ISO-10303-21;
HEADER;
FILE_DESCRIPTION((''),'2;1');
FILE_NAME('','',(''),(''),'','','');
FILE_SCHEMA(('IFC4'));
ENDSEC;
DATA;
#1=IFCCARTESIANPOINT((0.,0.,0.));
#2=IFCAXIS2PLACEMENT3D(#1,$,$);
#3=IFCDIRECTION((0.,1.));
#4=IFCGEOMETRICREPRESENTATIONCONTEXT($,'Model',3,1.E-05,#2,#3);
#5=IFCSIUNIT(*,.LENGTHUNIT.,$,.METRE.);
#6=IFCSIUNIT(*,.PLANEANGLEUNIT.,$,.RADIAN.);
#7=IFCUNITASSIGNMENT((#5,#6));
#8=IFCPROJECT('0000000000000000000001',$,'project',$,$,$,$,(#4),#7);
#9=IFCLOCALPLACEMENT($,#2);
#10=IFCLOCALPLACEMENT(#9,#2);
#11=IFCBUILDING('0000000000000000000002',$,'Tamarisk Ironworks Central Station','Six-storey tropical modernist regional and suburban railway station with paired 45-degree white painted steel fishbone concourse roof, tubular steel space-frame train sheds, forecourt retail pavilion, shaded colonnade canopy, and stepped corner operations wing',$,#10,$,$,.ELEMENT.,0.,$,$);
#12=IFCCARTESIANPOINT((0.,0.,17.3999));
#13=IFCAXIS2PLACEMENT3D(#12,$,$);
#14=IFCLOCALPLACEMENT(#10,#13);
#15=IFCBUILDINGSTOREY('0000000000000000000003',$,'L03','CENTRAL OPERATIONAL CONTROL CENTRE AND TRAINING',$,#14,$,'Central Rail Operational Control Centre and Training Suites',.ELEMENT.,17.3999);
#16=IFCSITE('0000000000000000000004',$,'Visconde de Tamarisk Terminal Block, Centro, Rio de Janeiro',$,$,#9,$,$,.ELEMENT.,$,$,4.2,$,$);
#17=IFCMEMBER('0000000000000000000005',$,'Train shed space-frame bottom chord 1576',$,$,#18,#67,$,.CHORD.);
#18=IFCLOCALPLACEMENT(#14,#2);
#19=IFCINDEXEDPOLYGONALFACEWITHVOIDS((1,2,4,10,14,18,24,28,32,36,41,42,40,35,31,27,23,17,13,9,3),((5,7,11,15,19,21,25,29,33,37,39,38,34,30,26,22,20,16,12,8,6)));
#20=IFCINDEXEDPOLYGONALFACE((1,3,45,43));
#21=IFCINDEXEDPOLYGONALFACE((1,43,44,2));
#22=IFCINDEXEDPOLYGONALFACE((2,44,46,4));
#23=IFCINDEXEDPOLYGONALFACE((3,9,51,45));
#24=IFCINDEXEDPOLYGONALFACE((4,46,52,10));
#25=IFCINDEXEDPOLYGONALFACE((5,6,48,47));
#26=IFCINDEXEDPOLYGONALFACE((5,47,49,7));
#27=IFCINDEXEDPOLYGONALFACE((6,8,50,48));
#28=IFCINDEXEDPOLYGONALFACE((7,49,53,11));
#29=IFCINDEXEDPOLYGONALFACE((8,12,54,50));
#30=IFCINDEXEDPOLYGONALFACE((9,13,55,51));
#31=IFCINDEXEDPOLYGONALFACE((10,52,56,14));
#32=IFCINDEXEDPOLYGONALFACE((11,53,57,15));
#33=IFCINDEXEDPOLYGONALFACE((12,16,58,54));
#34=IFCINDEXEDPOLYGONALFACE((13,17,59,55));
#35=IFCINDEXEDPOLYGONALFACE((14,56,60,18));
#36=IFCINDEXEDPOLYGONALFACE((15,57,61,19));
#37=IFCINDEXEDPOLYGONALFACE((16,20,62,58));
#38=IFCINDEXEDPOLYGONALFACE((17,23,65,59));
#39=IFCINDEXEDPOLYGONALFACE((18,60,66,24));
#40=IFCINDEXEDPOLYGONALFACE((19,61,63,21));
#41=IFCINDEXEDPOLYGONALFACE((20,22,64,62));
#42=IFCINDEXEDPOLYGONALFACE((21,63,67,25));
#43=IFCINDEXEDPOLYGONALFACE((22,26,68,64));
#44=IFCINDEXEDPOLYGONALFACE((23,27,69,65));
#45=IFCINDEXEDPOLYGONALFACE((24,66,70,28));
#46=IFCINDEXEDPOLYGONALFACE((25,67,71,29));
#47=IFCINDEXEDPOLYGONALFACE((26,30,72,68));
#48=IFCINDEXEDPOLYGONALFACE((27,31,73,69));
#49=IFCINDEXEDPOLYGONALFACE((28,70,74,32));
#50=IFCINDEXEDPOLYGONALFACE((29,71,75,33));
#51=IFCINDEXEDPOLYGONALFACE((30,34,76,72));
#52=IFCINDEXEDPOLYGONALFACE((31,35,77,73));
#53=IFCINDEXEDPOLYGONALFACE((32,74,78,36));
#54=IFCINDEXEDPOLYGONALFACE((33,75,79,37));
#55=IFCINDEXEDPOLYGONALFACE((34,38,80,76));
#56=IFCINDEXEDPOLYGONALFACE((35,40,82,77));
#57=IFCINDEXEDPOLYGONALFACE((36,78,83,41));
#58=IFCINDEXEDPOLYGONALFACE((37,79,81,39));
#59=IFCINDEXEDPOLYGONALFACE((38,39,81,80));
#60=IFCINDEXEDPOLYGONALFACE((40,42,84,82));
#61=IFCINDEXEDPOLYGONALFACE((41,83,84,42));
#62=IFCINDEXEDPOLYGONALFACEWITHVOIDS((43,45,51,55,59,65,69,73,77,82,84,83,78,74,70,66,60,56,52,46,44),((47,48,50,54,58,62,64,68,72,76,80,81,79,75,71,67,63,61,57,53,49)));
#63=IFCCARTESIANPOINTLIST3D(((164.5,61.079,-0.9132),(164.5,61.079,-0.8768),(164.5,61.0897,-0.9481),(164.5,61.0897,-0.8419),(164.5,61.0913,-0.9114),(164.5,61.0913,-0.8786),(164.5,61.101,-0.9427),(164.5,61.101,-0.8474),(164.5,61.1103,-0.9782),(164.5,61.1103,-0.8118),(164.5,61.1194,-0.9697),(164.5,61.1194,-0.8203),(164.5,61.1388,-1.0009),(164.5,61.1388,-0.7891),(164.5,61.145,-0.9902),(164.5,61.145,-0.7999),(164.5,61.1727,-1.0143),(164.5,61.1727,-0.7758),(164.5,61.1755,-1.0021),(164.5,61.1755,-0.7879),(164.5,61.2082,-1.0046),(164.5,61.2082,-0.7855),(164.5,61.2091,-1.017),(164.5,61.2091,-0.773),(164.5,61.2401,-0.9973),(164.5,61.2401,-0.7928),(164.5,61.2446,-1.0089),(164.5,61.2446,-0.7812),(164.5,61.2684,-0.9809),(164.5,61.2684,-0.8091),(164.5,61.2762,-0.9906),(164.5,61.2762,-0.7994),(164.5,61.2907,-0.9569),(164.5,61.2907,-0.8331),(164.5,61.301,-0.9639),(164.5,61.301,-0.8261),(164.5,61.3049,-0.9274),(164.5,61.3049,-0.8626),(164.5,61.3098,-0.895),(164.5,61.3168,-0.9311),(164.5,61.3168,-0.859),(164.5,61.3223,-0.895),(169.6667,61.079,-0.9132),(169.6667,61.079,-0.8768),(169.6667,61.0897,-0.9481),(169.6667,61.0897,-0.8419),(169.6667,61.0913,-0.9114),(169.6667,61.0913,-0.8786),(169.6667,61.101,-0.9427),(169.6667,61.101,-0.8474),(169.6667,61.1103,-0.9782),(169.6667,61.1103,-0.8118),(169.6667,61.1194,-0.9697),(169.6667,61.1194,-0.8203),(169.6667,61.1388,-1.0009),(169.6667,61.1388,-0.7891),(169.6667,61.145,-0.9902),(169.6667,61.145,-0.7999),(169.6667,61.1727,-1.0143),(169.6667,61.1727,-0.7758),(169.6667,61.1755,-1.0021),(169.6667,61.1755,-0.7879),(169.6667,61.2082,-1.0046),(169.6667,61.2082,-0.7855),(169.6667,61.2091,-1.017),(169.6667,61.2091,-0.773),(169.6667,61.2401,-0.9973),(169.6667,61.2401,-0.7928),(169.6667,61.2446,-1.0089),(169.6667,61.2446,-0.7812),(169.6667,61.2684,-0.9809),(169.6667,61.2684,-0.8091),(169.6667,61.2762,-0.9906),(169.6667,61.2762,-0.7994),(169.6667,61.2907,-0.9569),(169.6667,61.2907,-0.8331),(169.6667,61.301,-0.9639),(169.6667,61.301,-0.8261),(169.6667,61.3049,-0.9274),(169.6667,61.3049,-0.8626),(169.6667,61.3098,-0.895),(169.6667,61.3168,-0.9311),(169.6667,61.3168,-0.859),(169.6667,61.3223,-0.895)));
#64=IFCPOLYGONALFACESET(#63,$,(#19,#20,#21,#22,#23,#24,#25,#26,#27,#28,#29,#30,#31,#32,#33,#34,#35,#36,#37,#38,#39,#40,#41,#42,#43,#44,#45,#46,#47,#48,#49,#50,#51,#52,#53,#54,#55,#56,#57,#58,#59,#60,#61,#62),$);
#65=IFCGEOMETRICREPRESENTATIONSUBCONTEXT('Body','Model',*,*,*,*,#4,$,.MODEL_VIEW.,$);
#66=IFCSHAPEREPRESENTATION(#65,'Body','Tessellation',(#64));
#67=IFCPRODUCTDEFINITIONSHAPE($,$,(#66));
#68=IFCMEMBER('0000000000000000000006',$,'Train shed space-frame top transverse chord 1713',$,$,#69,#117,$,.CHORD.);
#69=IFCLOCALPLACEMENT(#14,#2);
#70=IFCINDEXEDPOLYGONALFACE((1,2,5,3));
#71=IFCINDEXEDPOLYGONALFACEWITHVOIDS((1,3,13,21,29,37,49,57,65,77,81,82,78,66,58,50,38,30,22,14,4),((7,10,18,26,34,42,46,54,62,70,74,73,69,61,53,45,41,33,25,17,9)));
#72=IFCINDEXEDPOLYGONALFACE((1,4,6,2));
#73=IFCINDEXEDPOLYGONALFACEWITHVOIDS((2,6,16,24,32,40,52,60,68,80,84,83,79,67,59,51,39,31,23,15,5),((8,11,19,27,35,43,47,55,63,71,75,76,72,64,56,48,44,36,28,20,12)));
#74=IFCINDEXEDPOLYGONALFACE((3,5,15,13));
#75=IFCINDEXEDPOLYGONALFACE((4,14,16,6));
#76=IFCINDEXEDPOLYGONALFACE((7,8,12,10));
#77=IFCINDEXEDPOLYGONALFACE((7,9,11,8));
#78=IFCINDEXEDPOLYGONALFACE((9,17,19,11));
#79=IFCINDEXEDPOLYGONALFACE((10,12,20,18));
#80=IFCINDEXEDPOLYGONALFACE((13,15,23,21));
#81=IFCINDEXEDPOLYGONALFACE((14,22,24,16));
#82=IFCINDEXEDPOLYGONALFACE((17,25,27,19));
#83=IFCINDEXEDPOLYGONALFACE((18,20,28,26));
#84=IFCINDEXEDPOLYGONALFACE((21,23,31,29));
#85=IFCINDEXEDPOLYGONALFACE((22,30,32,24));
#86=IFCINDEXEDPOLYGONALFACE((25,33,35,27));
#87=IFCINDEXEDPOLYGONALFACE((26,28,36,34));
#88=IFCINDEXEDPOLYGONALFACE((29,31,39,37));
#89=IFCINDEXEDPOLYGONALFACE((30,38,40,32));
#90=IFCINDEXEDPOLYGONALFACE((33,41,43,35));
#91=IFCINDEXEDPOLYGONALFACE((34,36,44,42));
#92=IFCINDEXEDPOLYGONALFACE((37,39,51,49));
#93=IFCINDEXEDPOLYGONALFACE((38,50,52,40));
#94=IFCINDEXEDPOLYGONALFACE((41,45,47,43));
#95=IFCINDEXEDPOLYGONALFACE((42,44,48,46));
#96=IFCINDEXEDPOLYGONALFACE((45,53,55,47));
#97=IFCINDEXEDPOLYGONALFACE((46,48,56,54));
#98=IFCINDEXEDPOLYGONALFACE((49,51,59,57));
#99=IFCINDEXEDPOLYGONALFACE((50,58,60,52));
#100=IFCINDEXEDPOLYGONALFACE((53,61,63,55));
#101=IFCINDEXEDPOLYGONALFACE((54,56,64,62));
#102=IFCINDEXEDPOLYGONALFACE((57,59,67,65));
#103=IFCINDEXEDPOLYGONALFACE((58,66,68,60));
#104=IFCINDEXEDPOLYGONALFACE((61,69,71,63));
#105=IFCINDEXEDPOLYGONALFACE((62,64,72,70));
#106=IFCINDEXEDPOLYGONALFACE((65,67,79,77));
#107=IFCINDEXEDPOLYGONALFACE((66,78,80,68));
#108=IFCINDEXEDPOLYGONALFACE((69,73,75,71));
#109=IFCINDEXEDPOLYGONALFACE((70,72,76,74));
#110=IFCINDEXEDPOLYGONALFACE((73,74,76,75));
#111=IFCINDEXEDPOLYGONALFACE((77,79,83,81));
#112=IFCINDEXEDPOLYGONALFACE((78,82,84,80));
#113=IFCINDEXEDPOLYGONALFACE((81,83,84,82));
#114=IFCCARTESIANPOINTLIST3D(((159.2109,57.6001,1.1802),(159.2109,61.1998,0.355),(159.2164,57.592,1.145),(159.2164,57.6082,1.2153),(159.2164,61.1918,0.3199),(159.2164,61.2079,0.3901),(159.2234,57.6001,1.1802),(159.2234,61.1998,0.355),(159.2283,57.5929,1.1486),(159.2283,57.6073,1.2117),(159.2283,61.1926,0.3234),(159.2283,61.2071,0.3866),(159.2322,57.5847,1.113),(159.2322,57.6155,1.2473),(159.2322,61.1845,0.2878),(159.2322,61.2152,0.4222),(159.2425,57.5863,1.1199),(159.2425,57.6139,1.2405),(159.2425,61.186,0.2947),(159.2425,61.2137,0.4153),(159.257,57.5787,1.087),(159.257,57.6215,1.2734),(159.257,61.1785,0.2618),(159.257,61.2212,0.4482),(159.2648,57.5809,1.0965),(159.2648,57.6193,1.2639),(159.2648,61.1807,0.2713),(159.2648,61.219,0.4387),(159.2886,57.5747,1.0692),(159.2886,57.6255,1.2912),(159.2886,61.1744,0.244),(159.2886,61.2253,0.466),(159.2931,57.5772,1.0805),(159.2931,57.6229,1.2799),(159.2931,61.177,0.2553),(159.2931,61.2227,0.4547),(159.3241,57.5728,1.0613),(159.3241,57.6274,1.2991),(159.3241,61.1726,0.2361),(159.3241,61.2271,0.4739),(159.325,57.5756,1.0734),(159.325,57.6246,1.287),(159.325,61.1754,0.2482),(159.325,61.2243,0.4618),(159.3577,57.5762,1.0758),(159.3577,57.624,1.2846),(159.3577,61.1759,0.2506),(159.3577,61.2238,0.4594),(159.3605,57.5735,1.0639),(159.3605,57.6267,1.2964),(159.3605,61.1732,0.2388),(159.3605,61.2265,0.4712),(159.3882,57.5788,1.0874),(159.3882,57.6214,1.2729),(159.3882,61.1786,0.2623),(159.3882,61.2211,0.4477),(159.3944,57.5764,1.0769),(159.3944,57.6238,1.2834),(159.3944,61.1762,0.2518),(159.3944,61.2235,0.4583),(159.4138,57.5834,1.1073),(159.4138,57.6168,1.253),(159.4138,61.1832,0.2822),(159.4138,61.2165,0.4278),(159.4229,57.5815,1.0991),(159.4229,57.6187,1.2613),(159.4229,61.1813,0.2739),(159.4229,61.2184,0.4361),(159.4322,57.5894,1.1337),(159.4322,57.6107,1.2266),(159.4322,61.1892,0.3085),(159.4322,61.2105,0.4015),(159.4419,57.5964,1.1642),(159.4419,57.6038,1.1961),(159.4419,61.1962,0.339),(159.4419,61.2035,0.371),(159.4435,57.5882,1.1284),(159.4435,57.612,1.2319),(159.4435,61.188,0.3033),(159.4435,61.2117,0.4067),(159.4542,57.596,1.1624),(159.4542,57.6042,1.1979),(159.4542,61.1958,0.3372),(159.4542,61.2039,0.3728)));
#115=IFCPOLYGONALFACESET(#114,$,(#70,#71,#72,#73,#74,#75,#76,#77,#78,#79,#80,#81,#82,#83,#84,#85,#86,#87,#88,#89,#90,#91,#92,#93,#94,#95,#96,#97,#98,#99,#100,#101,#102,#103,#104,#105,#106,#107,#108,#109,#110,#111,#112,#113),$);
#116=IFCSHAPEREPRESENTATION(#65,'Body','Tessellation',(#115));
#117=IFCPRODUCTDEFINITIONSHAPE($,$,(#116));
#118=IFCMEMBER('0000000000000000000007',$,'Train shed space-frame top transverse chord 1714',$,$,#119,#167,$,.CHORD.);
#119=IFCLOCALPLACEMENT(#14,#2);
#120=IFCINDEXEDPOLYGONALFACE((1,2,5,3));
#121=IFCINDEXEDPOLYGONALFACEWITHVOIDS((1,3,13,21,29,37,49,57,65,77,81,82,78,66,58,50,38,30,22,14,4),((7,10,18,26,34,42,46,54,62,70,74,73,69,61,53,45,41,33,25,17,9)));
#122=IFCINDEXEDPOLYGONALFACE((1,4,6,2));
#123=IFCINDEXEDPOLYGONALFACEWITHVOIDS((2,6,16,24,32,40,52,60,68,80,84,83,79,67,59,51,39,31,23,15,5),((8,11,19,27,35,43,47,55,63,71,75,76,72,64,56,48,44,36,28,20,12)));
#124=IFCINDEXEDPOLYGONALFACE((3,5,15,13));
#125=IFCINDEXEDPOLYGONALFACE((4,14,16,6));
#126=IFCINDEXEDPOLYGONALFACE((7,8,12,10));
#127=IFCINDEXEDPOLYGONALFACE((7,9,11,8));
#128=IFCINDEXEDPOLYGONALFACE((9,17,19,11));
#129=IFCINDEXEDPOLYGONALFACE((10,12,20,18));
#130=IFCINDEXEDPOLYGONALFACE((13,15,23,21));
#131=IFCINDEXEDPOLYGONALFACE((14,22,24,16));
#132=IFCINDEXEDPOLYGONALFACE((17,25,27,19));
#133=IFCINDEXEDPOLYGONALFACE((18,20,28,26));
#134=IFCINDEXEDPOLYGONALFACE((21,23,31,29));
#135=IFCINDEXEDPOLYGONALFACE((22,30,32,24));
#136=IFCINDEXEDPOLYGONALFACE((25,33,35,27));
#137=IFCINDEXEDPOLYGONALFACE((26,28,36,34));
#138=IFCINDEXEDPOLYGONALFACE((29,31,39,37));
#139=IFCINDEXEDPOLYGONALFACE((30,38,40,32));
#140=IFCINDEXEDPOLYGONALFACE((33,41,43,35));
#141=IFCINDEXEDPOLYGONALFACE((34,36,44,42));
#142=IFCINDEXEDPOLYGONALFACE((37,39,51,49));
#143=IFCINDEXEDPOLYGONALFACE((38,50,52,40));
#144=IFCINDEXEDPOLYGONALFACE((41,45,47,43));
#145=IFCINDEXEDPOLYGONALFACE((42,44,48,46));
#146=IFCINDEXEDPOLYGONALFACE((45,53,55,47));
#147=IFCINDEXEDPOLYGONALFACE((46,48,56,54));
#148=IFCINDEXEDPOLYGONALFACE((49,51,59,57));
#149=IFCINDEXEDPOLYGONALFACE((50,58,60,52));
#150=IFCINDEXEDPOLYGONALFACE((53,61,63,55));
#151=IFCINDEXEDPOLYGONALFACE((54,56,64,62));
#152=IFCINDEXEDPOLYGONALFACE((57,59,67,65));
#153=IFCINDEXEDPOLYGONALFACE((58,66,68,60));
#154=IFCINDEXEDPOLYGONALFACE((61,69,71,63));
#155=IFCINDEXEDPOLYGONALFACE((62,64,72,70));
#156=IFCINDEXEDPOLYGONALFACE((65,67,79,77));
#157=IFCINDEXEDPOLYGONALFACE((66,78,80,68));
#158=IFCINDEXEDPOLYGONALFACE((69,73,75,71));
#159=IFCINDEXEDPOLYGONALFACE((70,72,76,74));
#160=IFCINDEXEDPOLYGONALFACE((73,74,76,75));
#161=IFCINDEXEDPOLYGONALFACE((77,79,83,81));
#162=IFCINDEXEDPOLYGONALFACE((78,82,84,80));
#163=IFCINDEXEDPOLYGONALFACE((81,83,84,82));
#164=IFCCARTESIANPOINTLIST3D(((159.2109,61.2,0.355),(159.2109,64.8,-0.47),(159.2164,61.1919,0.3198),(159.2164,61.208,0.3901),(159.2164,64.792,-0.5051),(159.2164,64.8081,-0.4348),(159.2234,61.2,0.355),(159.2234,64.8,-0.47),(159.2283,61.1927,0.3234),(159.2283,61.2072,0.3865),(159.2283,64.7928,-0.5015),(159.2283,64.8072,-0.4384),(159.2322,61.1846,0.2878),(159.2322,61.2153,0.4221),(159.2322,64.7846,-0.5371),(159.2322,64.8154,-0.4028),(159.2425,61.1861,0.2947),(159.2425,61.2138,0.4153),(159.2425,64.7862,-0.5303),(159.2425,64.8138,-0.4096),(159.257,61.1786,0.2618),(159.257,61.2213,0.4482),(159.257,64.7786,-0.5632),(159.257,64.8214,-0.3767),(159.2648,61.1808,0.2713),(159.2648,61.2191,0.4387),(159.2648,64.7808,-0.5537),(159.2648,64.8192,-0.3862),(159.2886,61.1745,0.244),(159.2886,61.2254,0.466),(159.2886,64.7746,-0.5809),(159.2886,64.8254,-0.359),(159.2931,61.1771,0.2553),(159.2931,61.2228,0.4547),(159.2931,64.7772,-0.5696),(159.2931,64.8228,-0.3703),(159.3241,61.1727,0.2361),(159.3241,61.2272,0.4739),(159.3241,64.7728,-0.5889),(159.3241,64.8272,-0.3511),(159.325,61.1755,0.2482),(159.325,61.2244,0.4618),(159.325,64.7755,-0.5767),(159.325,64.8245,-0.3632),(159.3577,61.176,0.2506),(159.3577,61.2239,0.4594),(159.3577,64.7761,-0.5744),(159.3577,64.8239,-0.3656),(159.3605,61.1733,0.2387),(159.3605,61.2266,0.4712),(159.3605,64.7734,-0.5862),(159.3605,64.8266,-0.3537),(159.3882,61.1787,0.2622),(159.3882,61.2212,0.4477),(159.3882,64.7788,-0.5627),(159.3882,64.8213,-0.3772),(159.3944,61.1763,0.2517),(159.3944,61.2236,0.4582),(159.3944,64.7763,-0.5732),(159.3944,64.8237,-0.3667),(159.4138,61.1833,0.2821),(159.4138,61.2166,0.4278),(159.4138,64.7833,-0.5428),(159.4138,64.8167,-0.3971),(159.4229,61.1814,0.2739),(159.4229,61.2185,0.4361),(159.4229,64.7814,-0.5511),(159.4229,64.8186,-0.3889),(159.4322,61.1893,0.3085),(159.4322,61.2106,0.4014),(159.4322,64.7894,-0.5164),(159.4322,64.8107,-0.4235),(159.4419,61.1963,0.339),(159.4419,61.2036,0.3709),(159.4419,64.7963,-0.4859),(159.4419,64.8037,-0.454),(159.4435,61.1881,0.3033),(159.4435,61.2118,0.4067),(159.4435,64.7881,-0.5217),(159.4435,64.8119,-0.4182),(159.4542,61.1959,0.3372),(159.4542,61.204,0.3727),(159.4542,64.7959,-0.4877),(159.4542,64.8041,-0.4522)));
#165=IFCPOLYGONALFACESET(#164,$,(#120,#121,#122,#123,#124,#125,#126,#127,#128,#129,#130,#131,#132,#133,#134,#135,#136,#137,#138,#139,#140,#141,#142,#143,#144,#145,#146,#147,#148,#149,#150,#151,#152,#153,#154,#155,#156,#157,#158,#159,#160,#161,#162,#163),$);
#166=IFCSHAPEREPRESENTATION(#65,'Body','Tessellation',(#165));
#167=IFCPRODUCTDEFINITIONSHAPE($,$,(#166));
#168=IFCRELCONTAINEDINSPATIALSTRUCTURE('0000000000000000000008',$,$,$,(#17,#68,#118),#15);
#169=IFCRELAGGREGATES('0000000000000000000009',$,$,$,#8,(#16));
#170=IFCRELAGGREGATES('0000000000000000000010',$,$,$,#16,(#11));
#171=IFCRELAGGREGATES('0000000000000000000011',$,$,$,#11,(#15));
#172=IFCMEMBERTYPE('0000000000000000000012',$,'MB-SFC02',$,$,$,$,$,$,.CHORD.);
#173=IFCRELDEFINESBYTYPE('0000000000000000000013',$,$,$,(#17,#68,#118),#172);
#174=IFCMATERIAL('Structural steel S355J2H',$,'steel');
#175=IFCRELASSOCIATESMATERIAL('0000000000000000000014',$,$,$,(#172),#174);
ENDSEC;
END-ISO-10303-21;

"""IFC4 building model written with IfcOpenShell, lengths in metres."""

from ifc_helpers import new_model, si_unit, direction, frame, origin, origin_2d, place, context, subcontext, project, spatial, hollow_circle, extrude, material, material_profile, profile_set, type_object, element, save


model = new_model("IFC4")

# Units and contexts
model_context = context("Model", 3, precision=1e-05, world=origin(), true_north=direction((0.0, 1.0)))
body_context = subcontext(model_context, "Body", "Model", "MODEL_VIEW")
ifc_project = project(units=[si_unit("LENGTHUNIT", "METRE"), si_unit("PLANEANGLEUNIT", "RADIAN")], contexts=[model_context])

# Site, building, storey
site_placement = place(None, origin())
site = spatial("IfcSite", under=ifc_project, at=site_placement, Name="Visconde de Tamarisk Terminal Block, Centro, Rio de Janeiro", CompositionType="ELEMENT", RefElevation=4.2)
building_placement = place(site_placement, origin())
building = spatial("IfcBuilding", under=site, at=building_placement, Name="Tamarisk Ironworks Central Station", Description="Six-storey tropical modernist regional and suburban railway station with paired 45-degree white painted steel fishbone concourse roof, tubular steel space-frame train sheds, forecourt retail pavilion, shaded colonnade canopy, and stepped corner operations wing", CompositionType="ELEMENT", ElevationOfRefHeight=0.0)
storey_placement = place(building_placement, frame((0.0, 0.0, 17.3999)))
storey = spatial("IfcBuildingStorey", under=building, at=storey_placement, Name="L03", Description="CENTRAL OPERATIONAL CONTROL CENTRE AND TRAINING", LongName="Central Rail Operational Control Centre and Training Suites", CompositionType="ELEMENT", Elevation=17.3999)

# Members
ifc_material = material(Name="Structural steel S355J2H", Category="steel")
ifc_material_profile_1 = material_profile(ifc_material, hollow_circle(Radius=0.1223, WallThickness=0.0125, at=origin_2d()), Name="CHS 244.5x12.5")
ifc_profile_set_1 = profile_set([ifc_material_profile_1], Name="Structural steel S355J2H")
member_type_1 = type_object("IfcMemberType", Name="MB-SFC02", PredefinedType="CHORD", material=ifc_profile_set_1)
for number, where, z_axis, x_axis, name in (
    (1, (164.5, 61.2, -0.895), (1.0, 0.0, 0.0), (0.0, 1.0, 0.0), "Train shed space-frame bottom chord 1576"),
):
    element("IfcMember", number, at=place(storey_placement, frame(where, z_axis=z_axis, x_axis=x_axis)), inside=storey, type_object=member_type_1, Name=name, PredefinedType="CHORD", context=body_context, shape_type="SweptSolid", body=[
        extrude(hollow_circle(Radius=0.1223, WallThickness=0.0125, at=origin_2d()), origin(), (0.0, 0.0, 1.0), 5.1667),
    ])
member_1_placement = place(storey_placement, frame((159.3333, 57.6001, 1.1802), z_axis=(0.0, 0.974719, -0.223435), x_axis=(-1.0, 0.0, 0.0)))
element("IfcMember", 2, at=member_1_placement, inside=storey, type_object=member_type_1, Name="Train shed space-frame top transverse chord 1713", PredefinedType="CHORD", context=body_context, shape_type="SweptSolid", body=[
    extrude(hollow_circle(Radius=0.1223, WallThickness=0.0125, at=origin_2d()), origin(), (0.0, 0.0, 1.0), 3.6931),
])
member_2_placement = place(storey_placement, frame((159.3333, 61.2, 0.355), z_axis=(0.0, 0.974737, -0.223358), x_axis=(-1.0, 0.0, 0.0)))
element("IfcMember", 3, at=member_2_placement, inside=storey, type_object=member_type_1, Name="Train shed space-frame top transverse chord 1714", PredefinedType="CHORD", context=body_context, shape_type="SweptSolid", body=[
    extrude(hollow_circle(Radius=0.1223, WallThickness=0.0125, at=origin_2d()), origin(), (0.0, 0.0, 1.0), 3.6934),
])

save(model, "model.ifc")
